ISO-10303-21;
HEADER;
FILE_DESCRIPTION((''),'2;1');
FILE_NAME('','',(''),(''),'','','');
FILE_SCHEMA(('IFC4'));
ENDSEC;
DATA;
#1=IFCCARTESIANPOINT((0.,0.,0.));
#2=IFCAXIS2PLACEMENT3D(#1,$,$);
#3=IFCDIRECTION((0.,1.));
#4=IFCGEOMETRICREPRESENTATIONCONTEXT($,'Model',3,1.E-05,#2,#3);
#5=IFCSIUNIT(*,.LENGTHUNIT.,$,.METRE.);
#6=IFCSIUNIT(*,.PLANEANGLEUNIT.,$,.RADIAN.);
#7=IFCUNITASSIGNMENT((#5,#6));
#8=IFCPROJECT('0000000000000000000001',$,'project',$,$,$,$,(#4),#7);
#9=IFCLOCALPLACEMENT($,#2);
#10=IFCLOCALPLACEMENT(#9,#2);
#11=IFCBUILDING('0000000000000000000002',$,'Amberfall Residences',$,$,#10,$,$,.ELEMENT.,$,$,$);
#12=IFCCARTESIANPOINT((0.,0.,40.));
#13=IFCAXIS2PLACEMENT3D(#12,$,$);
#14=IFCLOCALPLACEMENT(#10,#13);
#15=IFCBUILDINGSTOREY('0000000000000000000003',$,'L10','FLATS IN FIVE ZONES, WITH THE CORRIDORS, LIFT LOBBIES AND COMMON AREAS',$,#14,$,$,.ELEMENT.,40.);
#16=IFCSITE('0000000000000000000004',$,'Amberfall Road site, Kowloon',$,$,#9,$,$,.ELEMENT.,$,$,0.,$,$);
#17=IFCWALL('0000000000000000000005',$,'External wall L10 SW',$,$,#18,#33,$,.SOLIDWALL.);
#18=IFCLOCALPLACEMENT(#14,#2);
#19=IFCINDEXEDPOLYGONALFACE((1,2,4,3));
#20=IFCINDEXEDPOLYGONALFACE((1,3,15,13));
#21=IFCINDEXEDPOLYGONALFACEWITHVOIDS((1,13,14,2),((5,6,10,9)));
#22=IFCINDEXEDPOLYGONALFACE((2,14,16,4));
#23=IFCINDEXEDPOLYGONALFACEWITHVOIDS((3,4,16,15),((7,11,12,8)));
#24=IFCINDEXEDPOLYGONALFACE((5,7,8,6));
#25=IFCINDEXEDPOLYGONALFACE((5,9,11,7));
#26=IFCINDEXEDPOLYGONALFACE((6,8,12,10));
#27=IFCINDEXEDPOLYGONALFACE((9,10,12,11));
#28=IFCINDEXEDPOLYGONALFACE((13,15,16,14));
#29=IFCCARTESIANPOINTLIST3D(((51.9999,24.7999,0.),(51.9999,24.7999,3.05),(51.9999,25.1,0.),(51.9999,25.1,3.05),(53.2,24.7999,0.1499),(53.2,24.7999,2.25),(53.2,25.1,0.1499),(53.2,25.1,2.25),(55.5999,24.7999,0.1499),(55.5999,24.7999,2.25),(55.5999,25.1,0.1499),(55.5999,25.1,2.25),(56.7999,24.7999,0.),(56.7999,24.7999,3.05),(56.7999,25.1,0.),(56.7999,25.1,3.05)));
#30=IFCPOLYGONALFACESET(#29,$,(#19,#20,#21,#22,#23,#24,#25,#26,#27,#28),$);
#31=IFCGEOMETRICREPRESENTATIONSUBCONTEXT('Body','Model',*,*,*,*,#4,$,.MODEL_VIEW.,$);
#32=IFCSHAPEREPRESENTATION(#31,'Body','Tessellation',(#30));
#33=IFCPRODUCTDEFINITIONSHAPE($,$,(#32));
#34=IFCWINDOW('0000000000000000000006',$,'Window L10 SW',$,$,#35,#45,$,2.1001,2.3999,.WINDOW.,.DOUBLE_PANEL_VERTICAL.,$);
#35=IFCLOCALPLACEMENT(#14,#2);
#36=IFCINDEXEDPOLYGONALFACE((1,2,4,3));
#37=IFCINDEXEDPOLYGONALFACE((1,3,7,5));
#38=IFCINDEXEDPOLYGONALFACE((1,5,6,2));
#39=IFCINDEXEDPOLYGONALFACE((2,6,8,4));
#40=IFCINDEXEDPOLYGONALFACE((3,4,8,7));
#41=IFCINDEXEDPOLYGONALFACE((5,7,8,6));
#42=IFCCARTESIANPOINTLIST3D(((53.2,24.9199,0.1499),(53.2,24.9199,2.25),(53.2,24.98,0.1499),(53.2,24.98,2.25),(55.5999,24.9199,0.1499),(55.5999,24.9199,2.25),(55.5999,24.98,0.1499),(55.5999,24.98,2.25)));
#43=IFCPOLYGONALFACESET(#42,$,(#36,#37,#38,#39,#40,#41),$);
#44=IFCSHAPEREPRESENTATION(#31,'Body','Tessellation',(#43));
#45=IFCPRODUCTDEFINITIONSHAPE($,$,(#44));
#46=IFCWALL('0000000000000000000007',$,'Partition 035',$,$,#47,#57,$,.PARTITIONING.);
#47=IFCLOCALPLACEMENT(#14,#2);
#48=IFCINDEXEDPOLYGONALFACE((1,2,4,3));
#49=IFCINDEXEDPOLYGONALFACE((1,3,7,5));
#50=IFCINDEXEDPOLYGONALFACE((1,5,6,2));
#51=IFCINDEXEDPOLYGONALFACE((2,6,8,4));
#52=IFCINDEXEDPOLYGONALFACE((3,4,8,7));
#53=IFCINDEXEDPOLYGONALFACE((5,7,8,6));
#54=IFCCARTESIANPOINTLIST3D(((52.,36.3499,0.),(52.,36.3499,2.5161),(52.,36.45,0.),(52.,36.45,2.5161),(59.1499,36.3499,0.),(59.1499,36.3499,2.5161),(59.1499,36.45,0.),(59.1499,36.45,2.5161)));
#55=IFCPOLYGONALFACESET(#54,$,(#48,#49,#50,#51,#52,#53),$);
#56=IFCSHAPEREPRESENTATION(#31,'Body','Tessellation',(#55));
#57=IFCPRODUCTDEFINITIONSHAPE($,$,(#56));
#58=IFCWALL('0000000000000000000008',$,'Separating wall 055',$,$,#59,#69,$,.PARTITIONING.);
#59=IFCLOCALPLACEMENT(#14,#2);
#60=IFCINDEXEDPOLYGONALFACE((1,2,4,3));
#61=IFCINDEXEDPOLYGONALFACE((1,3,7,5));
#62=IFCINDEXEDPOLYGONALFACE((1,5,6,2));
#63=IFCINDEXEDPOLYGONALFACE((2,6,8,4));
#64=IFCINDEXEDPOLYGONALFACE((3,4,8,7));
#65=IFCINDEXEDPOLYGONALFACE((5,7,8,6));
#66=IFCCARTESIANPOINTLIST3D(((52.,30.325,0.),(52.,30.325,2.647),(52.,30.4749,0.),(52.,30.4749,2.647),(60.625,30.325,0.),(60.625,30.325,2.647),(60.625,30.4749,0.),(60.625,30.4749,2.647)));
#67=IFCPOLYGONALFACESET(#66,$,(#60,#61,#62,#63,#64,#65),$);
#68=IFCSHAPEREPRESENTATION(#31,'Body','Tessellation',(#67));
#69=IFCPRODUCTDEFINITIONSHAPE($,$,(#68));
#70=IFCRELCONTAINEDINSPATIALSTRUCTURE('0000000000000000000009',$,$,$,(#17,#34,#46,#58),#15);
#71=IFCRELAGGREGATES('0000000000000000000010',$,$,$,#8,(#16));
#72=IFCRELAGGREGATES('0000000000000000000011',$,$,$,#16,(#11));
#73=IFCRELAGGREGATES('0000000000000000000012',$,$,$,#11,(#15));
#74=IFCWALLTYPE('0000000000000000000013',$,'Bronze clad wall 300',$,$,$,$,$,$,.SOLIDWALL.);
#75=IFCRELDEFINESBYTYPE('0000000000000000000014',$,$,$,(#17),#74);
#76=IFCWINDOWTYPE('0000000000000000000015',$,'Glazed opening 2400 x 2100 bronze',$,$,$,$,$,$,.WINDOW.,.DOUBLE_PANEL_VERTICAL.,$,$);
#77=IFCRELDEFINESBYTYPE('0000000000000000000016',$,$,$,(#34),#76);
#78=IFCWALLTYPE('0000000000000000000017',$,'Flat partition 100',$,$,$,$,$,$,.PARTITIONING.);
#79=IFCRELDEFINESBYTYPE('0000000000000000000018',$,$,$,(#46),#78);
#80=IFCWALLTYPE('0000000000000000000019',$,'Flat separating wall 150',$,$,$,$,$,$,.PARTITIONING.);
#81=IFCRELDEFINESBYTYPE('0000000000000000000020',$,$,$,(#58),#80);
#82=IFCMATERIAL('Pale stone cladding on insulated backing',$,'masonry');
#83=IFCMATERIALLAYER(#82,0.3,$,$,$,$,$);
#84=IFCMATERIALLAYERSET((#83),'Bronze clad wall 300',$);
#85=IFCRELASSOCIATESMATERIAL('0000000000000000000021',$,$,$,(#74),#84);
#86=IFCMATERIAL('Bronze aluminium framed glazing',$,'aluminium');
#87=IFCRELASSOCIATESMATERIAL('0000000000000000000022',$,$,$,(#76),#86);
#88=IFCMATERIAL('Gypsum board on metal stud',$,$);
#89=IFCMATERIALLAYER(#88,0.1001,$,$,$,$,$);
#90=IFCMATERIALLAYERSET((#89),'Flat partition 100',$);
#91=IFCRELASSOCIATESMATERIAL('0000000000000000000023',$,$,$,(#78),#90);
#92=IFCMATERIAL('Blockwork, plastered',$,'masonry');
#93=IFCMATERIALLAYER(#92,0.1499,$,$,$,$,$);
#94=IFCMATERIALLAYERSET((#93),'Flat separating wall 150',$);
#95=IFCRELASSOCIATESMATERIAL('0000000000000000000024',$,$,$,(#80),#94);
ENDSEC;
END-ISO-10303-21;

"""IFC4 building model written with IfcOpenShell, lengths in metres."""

from ifc_helpers import new_model, si_unit, direction, frame, frame_2d, origin, place, context, subcontext, project, spatial, rectangle, extrude, material, layer, layer_set, type_object, element, fill, save


model = new_model("IFC4")

# Units and contexts
model_context = context("Model", 3, precision=1e-05, world=origin(), true_north=direction((0.0, 1.0)))
body_context = subcontext(model_context, "Body", "Model", "MODEL_VIEW")
ifc_project = project(units=[si_unit("LENGTHUNIT", "METRE"), si_unit("PLANEANGLEUNIT", "RADIAN")], contexts=[model_context])

# Site, building, storey
site_placement = place(None, origin())
site = spatial("IfcSite", under=ifc_project, at=site_placement, Name="Amberfall Road site, Kowloon", CompositionType="ELEMENT", RefElevation=0.0)
building_placement = place(site_placement, origin())
building = spatial("IfcBuilding", under=site, at=building_placement, Name="Amberfall Residences", CompositionType="ELEMENT")
storey_placement = place(building_placement, frame((0.0, 0.0, 40.0)))
storey = spatial("IfcBuildingStorey", under=building, at=storey_placement, Name="L10", Description="FLATS IN FIVE ZONES, WITH THE CORRIDORS, LIFT LOBBIES AND COMMON AREAS", CompositionType="ELEMENT", Elevation=40.0)

# Wall, opening, window
ifc_material_1 = material(Name="Pale stone cladding on insulated backing", Category="masonry")
ifc_layer_1 = layer(ifc_material_1, 0.3)
ifc_layer_set_1 = layer_set([ifc_layer_1], Name="Bronze clad wall 300")
wall_type_1 = type_object("IfcWallType", Name="Bronze clad wall 300", PredefinedType="SOLIDWALL", material=ifc_layer_set_1)
wall_1_placement = place(storey_placement, frame((52.0, 24.95, 0.0), z_axis=(0.0, 0.0, 1.0), x_axis=(1.0, 0.0, 0.0)))
wall_1 = element("IfcWall", 1, at=wall_1_placement, inside=storey, type_object=wall_type_1, Name="External wall L10 SW", PredefinedType="SOLIDWALL", context=body_context, shape_type="SweptSolid", body=[
    extrude(rectangle(XDim=4.8, YDim=0.3, at=frame_2d((2.3999, 0.0))), origin(), (0.0, 0.0, 1.0), 3.05),
])
opening_placement = place(wall_1_placement, frame((1.2, 0.0, 0.1499)))
opening = element("IfcOpeningElement", 2, at=opening_placement, cuts=wall_1, PredefinedType="OPENING", context=body_context, shape_type="SweptSolid", body=[
    extrude(rectangle(XDim=2.3999, YDim=2.1001, at=frame_2d((1.2, 1.05))), frame((0.0, 0.1599, 0.0), z_axis=(0.0, -1.0, 0.0), x_axis=(1.0, 0.0, 0.0)), (0.0, 0.0, 1.0), 0.3201),
])
ifc_material_2 = material(Name="Bronze aluminium framed glazing", Category="aluminium")
window_type = type_object("IfcWindowType", Name="Glazed opening 2400 x 2100 bronze", PartitioningType="DOUBLE_PANEL_VERTICAL", PredefinedType="WINDOW", material=ifc_material_2)
window_placement = place(opening_placement, origin())
window = element("IfcWindow", 3, at=window_placement, inside=storey, type_object=window_type, Name="Window L10 SW", OverallHeight=2.1001, OverallWidth=2.3999, PartitioningType="DOUBLE_PANEL_VERTICAL", PredefinedType="WINDOW", context=body_context, shape_type="SweptSolid", body=[
    extrude(rectangle(XDim=2.3999, YDim=2.1001, at=frame_2d((1.2, 1.05))), frame((0.0, 0.03, 0.0), z_axis=(0.0, -1.0, 0.0), x_axis=(1.0, 0.0, 0.0)), (0.0, 0.0, 1.0), 0.0601),
])
fill(opening, window)

# Walls
ifc_material_3 = material(Name="Gypsum board on metal stud")
ifc_layer_2 = layer(ifc_material_3, 0.1001)
ifc_layer_set_2 = layer_set([ifc_layer_2], Name="Flat partition 100")
wall_type_2 = type_object("IfcWallType", Name="Flat partition 100", PredefinedType="PARTITIONING", material=ifc_layer_set_2)
wall_2_placement = place(storey_placement, frame((52.0, 36.3999, 0.0), z_axis=(0.0, 0.0, 1.0), x_axis=(1.0, 0.0, 0.0)))
element("IfcWall", 4, at=wall_2_placement, inside=storey, type_object=wall_type_2, Name="Partition 035", PredefinedType="PARTITIONING", context=body_context, shape_type="SweptSolid", body=[
    extrude(rectangle(XDim=7.1499, YDim=0.1001, at=frame_2d((3.575, 0.0))), origin(), (0.0, 0.0, 1.0), 2.5161),
])
ifc_material_4 = material(Name="Blockwork, plastered", Category="masonry")
ifc_layer_3 = layer(ifc_material_4, 0.1499)
ifc_layer_set_3 = layer_set([ifc_layer_3], Name="Flat separating wall 150")
wall_type_3 = type_object("IfcWallType", Name="Flat separating wall 150", PredefinedType="PARTITIONING", material=ifc_layer_set_3)
wall_3_placement = place(storey_placement, frame((52.0, 30.3999, 0.0), z_axis=(0.0, 0.0, 1.0), x_axis=(1.0, 0.0, 0.0)))
element("IfcWall", 5, at=wall_3_placement, inside=storey, type_object=wall_type_3, Name="Separating wall 055", PredefinedType="PARTITIONING", context=body_context, shape_type="SweptSolid", body=[
    extrude(rectangle(XDim=8.625, YDim=0.1499, at=frame_2d((4.3125, 0.0))), origin(), (0.0, 0.0, 1.0), 2.647),
])

save(model, "model.ifc")
